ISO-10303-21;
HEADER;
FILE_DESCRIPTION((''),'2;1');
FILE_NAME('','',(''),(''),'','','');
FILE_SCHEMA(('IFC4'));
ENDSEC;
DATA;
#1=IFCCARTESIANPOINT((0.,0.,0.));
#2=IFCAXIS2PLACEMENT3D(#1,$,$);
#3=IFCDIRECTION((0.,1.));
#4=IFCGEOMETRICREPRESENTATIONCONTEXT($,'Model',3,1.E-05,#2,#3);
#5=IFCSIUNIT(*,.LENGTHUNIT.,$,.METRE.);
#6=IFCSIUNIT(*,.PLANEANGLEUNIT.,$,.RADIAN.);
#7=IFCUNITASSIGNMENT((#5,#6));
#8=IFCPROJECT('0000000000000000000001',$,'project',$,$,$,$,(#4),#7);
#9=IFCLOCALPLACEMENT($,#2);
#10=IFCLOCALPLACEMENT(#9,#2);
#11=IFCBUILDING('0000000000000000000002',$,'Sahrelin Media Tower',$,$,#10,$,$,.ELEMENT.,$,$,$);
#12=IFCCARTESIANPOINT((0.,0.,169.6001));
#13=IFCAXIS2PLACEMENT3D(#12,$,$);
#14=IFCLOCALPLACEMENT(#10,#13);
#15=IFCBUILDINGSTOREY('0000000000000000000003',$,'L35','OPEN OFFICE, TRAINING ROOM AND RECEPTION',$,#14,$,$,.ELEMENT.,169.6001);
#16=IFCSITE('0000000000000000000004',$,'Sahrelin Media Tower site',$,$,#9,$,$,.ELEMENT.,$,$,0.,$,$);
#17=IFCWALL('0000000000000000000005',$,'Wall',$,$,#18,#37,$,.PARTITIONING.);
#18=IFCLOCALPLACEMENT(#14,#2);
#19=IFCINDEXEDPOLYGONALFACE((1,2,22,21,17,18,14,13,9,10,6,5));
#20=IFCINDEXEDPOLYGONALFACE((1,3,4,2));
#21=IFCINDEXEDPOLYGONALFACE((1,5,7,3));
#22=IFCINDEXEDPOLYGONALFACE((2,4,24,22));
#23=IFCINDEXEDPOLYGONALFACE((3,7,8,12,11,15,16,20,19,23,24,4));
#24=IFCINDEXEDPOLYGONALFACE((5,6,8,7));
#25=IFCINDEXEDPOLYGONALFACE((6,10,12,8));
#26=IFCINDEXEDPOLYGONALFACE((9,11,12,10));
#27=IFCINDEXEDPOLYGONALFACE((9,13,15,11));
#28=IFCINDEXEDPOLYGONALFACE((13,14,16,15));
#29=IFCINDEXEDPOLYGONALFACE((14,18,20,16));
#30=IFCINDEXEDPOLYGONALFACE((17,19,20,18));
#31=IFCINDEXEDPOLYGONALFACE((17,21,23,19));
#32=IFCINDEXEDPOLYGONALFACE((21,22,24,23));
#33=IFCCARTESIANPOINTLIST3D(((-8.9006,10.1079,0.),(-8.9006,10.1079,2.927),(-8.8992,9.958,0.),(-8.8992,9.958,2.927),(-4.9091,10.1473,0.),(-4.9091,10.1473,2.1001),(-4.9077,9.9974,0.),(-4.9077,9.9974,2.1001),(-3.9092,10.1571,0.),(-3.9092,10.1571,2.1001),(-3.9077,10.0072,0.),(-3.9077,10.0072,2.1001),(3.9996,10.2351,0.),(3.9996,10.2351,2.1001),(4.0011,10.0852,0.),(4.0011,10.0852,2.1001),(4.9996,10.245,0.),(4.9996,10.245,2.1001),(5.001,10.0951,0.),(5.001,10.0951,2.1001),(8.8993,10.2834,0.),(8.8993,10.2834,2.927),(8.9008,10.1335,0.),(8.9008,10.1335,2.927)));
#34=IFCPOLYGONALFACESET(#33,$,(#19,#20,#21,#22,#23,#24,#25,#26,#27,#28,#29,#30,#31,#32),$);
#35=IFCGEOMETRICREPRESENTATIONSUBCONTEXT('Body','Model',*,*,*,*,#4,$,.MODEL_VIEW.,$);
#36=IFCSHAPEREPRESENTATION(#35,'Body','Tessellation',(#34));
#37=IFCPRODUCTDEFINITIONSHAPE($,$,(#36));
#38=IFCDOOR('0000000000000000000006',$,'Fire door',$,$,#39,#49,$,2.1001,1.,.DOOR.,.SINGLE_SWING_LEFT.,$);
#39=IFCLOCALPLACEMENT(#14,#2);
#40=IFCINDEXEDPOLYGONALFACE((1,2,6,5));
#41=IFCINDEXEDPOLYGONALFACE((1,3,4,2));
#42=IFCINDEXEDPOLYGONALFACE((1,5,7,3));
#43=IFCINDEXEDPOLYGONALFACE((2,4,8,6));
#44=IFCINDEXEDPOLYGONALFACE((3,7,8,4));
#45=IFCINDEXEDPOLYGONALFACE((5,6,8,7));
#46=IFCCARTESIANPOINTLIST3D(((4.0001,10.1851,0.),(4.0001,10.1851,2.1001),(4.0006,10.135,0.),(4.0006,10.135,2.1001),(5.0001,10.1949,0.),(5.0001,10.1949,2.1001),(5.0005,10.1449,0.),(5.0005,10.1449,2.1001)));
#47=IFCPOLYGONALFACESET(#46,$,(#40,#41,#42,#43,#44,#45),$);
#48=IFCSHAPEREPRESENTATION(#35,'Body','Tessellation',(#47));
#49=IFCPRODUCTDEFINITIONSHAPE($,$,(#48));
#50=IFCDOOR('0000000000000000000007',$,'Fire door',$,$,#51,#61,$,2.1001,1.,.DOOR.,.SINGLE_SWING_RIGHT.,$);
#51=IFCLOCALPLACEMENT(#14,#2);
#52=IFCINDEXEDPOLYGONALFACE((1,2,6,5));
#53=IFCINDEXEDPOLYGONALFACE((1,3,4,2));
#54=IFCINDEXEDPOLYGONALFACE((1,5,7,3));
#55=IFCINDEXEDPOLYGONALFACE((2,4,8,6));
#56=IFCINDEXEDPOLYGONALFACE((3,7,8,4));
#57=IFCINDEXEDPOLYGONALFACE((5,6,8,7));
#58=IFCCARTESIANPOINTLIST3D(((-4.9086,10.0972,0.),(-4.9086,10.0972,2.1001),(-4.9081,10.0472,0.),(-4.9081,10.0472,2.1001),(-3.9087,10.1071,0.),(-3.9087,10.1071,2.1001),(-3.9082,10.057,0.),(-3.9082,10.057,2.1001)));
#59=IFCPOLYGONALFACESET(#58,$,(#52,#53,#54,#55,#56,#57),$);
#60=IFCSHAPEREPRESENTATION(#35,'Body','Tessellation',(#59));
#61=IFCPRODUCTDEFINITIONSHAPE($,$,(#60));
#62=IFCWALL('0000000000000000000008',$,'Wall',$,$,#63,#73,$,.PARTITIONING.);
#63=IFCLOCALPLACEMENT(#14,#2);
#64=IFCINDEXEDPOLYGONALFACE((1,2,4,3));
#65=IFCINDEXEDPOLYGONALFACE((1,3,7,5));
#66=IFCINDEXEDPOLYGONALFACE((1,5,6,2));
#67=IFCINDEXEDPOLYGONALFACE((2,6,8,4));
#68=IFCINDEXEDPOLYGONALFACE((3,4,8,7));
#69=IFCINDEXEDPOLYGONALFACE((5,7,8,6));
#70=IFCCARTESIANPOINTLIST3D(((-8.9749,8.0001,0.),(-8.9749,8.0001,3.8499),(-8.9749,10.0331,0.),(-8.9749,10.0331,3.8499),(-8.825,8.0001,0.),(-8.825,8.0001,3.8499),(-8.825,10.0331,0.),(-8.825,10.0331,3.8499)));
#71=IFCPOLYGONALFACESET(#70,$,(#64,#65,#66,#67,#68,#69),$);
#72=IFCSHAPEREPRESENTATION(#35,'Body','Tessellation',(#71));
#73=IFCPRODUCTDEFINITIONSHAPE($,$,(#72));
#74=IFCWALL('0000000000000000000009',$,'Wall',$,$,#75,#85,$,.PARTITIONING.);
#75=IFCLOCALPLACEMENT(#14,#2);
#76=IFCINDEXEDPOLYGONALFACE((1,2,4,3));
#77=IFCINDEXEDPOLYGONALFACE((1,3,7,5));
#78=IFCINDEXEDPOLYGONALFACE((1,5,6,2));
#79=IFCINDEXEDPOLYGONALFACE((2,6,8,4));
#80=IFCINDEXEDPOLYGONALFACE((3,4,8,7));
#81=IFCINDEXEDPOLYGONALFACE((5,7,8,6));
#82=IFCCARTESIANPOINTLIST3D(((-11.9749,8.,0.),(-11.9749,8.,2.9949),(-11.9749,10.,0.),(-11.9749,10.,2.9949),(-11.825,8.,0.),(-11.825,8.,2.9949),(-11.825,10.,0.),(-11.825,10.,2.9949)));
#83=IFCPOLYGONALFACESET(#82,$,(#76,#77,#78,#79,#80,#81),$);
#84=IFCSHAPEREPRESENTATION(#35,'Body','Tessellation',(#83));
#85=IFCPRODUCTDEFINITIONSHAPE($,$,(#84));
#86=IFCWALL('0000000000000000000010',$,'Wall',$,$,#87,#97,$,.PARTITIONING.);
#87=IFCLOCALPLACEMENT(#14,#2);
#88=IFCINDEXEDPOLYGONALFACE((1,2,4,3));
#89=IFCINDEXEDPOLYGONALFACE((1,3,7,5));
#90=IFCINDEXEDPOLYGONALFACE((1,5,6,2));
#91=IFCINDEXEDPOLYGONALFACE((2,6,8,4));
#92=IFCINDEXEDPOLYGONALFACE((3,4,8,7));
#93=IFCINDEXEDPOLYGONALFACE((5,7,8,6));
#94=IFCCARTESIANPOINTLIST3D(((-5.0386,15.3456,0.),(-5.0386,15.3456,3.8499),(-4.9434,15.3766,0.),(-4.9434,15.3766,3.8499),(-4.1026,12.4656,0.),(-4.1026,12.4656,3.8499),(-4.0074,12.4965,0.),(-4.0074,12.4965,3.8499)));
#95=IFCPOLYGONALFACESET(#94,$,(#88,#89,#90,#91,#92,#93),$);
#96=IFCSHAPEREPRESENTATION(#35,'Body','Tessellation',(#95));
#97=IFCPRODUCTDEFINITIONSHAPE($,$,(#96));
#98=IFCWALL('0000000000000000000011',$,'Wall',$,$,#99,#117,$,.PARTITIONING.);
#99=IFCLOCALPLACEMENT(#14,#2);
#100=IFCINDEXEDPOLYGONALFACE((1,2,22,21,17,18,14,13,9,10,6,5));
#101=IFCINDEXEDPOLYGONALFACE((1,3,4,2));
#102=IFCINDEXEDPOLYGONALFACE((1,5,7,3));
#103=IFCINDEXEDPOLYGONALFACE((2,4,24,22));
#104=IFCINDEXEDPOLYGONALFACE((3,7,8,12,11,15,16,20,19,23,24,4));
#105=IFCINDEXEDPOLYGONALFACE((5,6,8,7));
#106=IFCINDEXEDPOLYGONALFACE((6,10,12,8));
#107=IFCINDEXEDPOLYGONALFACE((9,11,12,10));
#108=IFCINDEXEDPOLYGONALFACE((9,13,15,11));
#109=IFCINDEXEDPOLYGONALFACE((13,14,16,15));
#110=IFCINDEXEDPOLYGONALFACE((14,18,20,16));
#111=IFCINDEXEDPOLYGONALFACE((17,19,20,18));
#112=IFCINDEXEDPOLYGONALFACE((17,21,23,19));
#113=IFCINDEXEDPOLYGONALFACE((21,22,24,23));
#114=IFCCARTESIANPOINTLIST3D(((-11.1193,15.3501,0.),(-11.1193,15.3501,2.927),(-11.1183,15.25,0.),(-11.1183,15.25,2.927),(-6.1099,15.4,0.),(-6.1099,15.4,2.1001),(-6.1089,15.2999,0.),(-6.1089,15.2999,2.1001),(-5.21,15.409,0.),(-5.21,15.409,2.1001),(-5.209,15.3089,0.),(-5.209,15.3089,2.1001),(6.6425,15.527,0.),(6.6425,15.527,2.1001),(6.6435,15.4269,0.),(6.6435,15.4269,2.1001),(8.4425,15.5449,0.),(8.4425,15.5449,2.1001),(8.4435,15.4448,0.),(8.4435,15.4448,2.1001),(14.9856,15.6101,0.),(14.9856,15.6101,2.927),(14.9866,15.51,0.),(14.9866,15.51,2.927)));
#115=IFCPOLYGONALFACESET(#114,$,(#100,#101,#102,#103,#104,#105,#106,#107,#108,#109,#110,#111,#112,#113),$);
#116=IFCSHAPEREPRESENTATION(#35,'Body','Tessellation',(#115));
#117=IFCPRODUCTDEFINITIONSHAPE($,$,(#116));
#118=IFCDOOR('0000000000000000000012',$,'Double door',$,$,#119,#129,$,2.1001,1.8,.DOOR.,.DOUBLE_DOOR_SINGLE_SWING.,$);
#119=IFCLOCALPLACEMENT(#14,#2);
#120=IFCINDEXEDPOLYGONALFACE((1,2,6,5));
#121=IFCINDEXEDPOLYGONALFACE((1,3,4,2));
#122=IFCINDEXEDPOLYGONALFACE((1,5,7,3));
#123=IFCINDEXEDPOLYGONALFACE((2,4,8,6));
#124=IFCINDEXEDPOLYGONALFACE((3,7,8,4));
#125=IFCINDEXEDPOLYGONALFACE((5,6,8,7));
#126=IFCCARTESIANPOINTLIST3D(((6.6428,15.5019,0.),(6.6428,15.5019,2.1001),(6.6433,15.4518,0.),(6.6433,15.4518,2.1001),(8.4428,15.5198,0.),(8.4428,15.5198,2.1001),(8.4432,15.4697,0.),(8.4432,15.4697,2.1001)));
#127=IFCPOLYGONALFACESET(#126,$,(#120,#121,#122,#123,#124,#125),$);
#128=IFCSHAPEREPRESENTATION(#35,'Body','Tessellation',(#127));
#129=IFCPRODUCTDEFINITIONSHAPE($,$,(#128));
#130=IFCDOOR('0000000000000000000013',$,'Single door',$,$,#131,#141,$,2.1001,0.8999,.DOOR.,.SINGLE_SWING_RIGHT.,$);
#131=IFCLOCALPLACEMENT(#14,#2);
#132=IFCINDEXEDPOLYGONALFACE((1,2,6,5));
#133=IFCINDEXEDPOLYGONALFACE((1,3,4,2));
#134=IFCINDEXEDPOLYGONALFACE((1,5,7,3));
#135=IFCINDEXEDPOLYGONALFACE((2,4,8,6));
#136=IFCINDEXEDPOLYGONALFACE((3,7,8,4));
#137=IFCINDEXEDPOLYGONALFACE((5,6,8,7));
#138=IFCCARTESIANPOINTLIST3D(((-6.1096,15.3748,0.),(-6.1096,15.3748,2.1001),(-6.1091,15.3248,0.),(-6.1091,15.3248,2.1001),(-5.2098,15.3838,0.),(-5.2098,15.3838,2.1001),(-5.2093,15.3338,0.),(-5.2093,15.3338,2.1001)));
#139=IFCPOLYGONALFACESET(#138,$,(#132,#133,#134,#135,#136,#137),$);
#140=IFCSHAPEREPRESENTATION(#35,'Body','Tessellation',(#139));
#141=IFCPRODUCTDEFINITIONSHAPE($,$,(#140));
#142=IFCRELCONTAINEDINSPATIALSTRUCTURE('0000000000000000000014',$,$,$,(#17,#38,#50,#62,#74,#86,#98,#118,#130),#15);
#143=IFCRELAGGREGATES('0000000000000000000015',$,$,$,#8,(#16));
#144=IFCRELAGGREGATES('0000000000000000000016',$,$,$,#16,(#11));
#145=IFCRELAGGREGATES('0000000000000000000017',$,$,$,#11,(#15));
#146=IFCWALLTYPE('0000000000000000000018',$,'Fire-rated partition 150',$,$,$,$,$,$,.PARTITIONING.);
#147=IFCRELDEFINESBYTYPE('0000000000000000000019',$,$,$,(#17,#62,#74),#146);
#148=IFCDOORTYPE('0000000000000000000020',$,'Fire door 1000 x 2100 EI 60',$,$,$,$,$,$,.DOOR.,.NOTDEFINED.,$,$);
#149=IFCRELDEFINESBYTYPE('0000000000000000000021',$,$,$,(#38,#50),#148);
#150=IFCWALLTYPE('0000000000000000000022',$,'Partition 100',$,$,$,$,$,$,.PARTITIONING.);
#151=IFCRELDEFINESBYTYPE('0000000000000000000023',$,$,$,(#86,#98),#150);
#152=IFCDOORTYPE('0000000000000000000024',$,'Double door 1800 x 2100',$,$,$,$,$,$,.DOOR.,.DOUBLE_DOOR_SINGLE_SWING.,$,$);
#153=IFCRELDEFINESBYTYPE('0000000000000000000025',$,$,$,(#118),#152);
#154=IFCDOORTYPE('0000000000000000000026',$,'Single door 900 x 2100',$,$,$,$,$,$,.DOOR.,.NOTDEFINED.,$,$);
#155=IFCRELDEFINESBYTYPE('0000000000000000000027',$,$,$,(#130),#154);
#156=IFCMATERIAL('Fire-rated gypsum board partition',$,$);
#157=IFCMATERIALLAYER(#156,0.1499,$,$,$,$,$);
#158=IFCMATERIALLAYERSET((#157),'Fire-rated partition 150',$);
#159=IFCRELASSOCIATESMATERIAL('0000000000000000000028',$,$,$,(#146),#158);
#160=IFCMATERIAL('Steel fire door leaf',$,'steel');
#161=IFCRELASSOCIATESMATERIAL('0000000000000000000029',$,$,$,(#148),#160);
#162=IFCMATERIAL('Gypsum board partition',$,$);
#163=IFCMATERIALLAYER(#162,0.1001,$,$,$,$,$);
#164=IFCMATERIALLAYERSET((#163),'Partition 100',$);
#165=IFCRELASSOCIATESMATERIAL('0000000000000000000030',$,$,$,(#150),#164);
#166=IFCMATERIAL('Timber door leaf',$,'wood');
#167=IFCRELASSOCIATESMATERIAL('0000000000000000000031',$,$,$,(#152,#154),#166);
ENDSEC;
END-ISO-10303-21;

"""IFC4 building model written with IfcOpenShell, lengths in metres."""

from ifc_helpers import new_model, si_unit, direction, frame, frame_2d, origin, place, context, subcontext, project, spatial, rectangle, extrude, material, layer, layer_set, type_object, element, fill, save


model = new_model("IFC4")

# Units and contexts
model_context = context("Model", 3, precision=1e-05, world=origin(), true_north=direction((0.0, 1.0)))
body_context = subcontext(model_context, "Body", "Model", "MODEL_VIEW")
ifc_project = project(units=[si_unit("LENGTHUNIT", "METRE"), si_unit("PLANEANGLEUNIT", "RADIAN")], contexts=[model_context])

# Site, building, storey
site_placement = place(None, origin())
site = spatial("IfcSite", under=ifc_project, at=site_placement, Name="Sahrelin Media Tower site", CompositionType="ELEMENT", RefElevation=0.0)
building_placement = place(site_placement, origin())
building = spatial("IfcBuilding", under=site, at=building_placement, Name="Sahrelin Media Tower", CompositionType="ELEMENT")
storey_placement = place(building_placement, frame((0.0, 0.0, 169.6001)))
storey = spatial("IfcBuildingStorey", under=building, at=storey_placement, Name="L35", Description="OPEN OFFICE, TRAINING ROOM AND RECEPTION", CompositionType="ELEMENT", Elevation=169.6001)

# Wall, openings, doors
ifc_material_1 = material(Name="Fire-rated gypsum board partition")
ifc_layer_1 = layer(ifc_material_1, 0.1499)
ifc_layer_set_1 = layer_set([ifc_layer_1], Name="Fire-rated partition 150")
wall_type_1 = type_object("IfcWallType", Name="Fire-rated partition 150", PredefinedType="PARTITIONING", material=ifc_layer_set_1)
wall_1_placement = place(storey_placement, frame((-8.8999, 10.033, 0.0), z_axis=(0.0, 0.0, 1.0), x_axis=(0.999951, 0.009861, 0.0)))
wall_1 = element("IfcWall", 1, at=wall_1_placement, inside=storey, type_object=wall_type_1, Name="Wall", PredefinedType="PARTITIONING", context=body_context, shape_type="SweptSolid", body=[
    extrude(rectangle(XDim=17.8008, YDim=0.1499, at=frame_2d((8.9004, 0.0))), origin(), (0.0, 0.0, 1.0), 2.927),
])
opening_1_placement = place(wall_1_placement, frame((12.9009, 0.0, 0.0)))
opening_1 = element("IfcOpeningElement", 2, at=opening_1_placement, cuts=wall_1, PredefinedType="OPENING", context=body_context, shape_type="SweptSolid", body=[
    extrude(rectangle(XDim=1.0, YDim=2.1001, at=frame_2d((0.5, 1.05))), frame((0.0, 0.075, 0.0), z_axis=(0.0, -1.0, 0.0), x_axis=(1.0, 0.0, 0.0)), (0.0, 0.0, 1.0), 0.1499),
])
opening_2_placement = place(wall_1_placement, frame((3.9917, 0.0, 0.0)))
opening_2 = element("IfcOpeningElement", 3, at=opening_2_placement, cuts=wall_1, PredefinedType="OPENING", context=body_context, shape_type="SweptSolid", body=[
    extrude(rectangle(XDim=1.0, YDim=2.1001, at=frame_2d((0.5, 1.05))), frame((0.0, 0.075, 0.0), z_axis=(0.0, -1.0, 0.0), x_axis=(1.0, 0.0, 0.0)), (0.0, 0.0, 1.0), 0.1499),
])
ifc_material_2 = material(Name="Steel fire door leaf", Category="steel")
door_type_1 = type_object("IfcDoorType", Name="Fire door 1000 x 2100 EI 60", OperationType="NOTDEFINED", PredefinedType="DOOR", material=ifc_material_2)
door_1_placement = place(opening_1_placement, origin())
door_1 = element("IfcDoor", 4, at=door_1_placement, inside=storey, type_object=door_type_1, Name="Fire door", OperationType="SINGLE_SWING_LEFT", OverallHeight=2.1001, OverallWidth=1.0, PredefinedType="DOOR", context=body_context, shape_type="SweptSolid", body=[
    extrude(rectangle(XDim=1.0, YDim=2.1001, at=frame_2d((0.5, 1.05))), frame((0.0, 0.0249, 0.0), z_axis=(0.0, -1.0, 0.0), x_axis=(1.0, 0.0, 0.0)), (0.0, 0.0, 1.0), 0.05),
])
fill(opening_1, door_1)
door_2_placement = place(opening_2_placement, origin())
door_2 = element("IfcDoor", 5, at=door_2_placement, inside=storey, type_object=door_type_1, Name="Fire door", OperationType="SINGLE_SWING_RIGHT", OverallHeight=2.1001, OverallWidth=1.0, PredefinedType="DOOR", context=body_context, shape_type="SweptSolid", body=[
    extrude(rectangle(XDim=1.0, YDim=2.1001, at=frame_2d((0.5, 1.05))), frame((0.0, 0.0249, 0.0), z_axis=(0.0, -1.0, 0.0), x_axis=(1.0, 0.0, 0.0)), (0.0, 0.0, 1.0), 0.05),
])
fill(opening_2, door_2)

# Walls
wall_2_placement = place(storey_placement, frame((-8.8999, 8.0, 0.0), z_axis=(0.0, 0.0, 1.0), x_axis=(0.0, 1.0, 0.0)))
element("IfcWall", 6, at=wall_2_placement, inside=storey, type_object=wall_type_1, Name="Wall", PredefinedType="PARTITIONING", context=body_context, shape_type="SweptSolid", body=[
    extrude(rectangle(XDim=2.033, YDim=0.1499, at=frame_2d((1.0166, 0.0))), origin(), (0.0, 0.0, 1.0), 3.8499),
])
wall_3_placement = place(storey_placement, frame((-11.8999, 8.0, 0.0), z_axis=(0.0, 0.0, 1.0), x_axis=(0.0, 1.0, 0.0)))
element("IfcWall", 7, at=wall_3_placement, inside=storey, type_object=wall_type_1, Name="Wall", PredefinedType="PARTITIONING", context=body_context, shape_type="SweptSolid", body=[
    extrude(rectangle(XDim=2.0, YDim=0.1499, at=frame_2d((1.0, 0.0))), origin(), (0.0, 0.0, 1.0), 2.9949),
])
ifc_material_3 = material(Name="Gypsum board partition")
ifc_layer_2 = layer(ifc_material_3, 0.1001)
ifc_layer_set_2 = layer_set([ifc_layer_2], Name="Partition 100")
wall_type_2 = type_object("IfcWallType", Name="Partition 100", PredefinedType="PARTITIONING", material=ifc_layer_set_2)
wall_4_placement = place(storey_placement, frame((-4.991, 15.3611, 0.0), z_axis=(0.0, 0.0, 1.0), x_axis=(0.309084, -0.951035, 0.0)))
element("IfcWall", 8, at=wall_4_placement, inside=storey, type_object=wall_type_2, Name="Wall", PredefinedType="PARTITIONING", context=body_context, shape_type="SweptSolid", body=[
    extrude(rectangle(XDim=3.0283, YDim=0.1001, at=frame_2d((1.5142, 0.0))), origin(), (0.0, 0.0, 1.0), 3.8499),
])

# Wall, openings, doors
wall_5_placement = place(storey_placement, frame((-11.1189, 15.3, 0.0), z_axis=(0.0, 0.0, 1.0), x_axis=(0.99995, 0.00996, 0.0)))
wall_5 = element("IfcWall", 9, at=wall_5_placement, inside=storey, type_object=wall_type_2, Name="Wall", PredefinedType="PARTITIONING", context=body_context, shape_type="SweptSolid", body=[
    extrude(rectangle(XDim=26.1062, YDim=0.1001, at=frame_2d((13.0532, 0.0))), origin(), (0.0, 0.0, 1.0), 2.927),
])
opening_3_placement = place(wall_5_placement, frame((17.7629, 0.0, 0.0)))
opening_3 = element("IfcOpeningElement", 10, at=opening_3_placement, cuts=wall_5, PredefinedType="OPENING", context=body_context, shape_type="SweptSolid", body=[
    extrude(rectangle(XDim=1.8, YDim=2.1001, at=frame_2d((0.8999, 1.05))), frame((0.0, 0.05, 0.0), z_axis=(0.0, -1.0, 0.0), x_axis=(1.0, 0.0, 0.0)), (0.0, 0.0, 1.0), 0.1001),
])
opening_4_placement = place(wall_5_placement, frame((5.0098, 0.0, 0.0)))
opening_4 = element("IfcOpeningElement", 11, at=opening_4_placement, cuts=wall_5, PredefinedType="OPENING", context=body_context, shape_type="SweptSolid", body=[
    extrude(rectangle(XDim=0.8999, YDim=2.1001, at=frame_2d((0.45, 1.05))), frame((0.0, 0.05, 0.0), z_axis=(0.0, -1.0, 0.0), x_axis=(1.0, 0.0, 0.0)), (0.0, 0.0, 1.0), 0.1001),
])
ifc_material_4 = material(Name="Timber door leaf", Category="wood")
door_type_2 = type_object("IfcDoorType", Name="Double door 1800 x 2100", OperationType="DOUBLE_DOOR_SINGLE_SWING", PredefinedType="DOOR", material=ifc_material_4)
door_3_placement = place(opening_3_placement, origin())
door_3 = element("IfcDoor", 12, at=door_3_placement, inside=storey, type_object=door_type_2, Name="Double door", OperationType="DOUBLE_DOOR_SINGLE_SWING", OverallHeight=2.1001, OverallWidth=1.8, PredefinedType="DOOR", context=body_context, shape_type="SweptSolid", body=[
    extrude(rectangle(XDim=1.8, YDim=2.1001, at=frame_2d((0.8999, 1.05))), frame((0.0, 0.0249, 0.0), z_axis=(0.0, -1.0, 0.0), x_axis=(1.0, 0.0, 0.0)), (0.0, 0.0, 1.0), 0.05),
])
fill(opening_3, door_3)
door_type_3 = type_object("IfcDoorType", Name="Single door 900 x 2100", OperationType="NOTDEFINED", PredefinedType="DOOR", material=ifc_material_4)
door_4_placement = place(opening_4_placement, origin())
door_4 = element("IfcDoor", 13, at=door_4_placement, inside=storey, type_object=door_type_3, Name="Single door", OperationType="SINGLE_SWING_RIGHT", OverallHeight=2.1001, OverallWidth=0.8999, PredefinedType="DOOR", context=body_context, shape_type="SweptSolid", body=[
    extrude(rectangle(XDim=0.8999, YDim=2.1001, at=frame_2d((0.45, 1.05))), frame((0.0, 0.0249, 0.0), z_axis=(0.0, -1.0, 0.0), x_axis=(1.0, 0.0, 0.0)), (0.0, 0.0, 1.0), 0.05),
])
fill(opening_4, door_4)

save(model, "model.ifc")
